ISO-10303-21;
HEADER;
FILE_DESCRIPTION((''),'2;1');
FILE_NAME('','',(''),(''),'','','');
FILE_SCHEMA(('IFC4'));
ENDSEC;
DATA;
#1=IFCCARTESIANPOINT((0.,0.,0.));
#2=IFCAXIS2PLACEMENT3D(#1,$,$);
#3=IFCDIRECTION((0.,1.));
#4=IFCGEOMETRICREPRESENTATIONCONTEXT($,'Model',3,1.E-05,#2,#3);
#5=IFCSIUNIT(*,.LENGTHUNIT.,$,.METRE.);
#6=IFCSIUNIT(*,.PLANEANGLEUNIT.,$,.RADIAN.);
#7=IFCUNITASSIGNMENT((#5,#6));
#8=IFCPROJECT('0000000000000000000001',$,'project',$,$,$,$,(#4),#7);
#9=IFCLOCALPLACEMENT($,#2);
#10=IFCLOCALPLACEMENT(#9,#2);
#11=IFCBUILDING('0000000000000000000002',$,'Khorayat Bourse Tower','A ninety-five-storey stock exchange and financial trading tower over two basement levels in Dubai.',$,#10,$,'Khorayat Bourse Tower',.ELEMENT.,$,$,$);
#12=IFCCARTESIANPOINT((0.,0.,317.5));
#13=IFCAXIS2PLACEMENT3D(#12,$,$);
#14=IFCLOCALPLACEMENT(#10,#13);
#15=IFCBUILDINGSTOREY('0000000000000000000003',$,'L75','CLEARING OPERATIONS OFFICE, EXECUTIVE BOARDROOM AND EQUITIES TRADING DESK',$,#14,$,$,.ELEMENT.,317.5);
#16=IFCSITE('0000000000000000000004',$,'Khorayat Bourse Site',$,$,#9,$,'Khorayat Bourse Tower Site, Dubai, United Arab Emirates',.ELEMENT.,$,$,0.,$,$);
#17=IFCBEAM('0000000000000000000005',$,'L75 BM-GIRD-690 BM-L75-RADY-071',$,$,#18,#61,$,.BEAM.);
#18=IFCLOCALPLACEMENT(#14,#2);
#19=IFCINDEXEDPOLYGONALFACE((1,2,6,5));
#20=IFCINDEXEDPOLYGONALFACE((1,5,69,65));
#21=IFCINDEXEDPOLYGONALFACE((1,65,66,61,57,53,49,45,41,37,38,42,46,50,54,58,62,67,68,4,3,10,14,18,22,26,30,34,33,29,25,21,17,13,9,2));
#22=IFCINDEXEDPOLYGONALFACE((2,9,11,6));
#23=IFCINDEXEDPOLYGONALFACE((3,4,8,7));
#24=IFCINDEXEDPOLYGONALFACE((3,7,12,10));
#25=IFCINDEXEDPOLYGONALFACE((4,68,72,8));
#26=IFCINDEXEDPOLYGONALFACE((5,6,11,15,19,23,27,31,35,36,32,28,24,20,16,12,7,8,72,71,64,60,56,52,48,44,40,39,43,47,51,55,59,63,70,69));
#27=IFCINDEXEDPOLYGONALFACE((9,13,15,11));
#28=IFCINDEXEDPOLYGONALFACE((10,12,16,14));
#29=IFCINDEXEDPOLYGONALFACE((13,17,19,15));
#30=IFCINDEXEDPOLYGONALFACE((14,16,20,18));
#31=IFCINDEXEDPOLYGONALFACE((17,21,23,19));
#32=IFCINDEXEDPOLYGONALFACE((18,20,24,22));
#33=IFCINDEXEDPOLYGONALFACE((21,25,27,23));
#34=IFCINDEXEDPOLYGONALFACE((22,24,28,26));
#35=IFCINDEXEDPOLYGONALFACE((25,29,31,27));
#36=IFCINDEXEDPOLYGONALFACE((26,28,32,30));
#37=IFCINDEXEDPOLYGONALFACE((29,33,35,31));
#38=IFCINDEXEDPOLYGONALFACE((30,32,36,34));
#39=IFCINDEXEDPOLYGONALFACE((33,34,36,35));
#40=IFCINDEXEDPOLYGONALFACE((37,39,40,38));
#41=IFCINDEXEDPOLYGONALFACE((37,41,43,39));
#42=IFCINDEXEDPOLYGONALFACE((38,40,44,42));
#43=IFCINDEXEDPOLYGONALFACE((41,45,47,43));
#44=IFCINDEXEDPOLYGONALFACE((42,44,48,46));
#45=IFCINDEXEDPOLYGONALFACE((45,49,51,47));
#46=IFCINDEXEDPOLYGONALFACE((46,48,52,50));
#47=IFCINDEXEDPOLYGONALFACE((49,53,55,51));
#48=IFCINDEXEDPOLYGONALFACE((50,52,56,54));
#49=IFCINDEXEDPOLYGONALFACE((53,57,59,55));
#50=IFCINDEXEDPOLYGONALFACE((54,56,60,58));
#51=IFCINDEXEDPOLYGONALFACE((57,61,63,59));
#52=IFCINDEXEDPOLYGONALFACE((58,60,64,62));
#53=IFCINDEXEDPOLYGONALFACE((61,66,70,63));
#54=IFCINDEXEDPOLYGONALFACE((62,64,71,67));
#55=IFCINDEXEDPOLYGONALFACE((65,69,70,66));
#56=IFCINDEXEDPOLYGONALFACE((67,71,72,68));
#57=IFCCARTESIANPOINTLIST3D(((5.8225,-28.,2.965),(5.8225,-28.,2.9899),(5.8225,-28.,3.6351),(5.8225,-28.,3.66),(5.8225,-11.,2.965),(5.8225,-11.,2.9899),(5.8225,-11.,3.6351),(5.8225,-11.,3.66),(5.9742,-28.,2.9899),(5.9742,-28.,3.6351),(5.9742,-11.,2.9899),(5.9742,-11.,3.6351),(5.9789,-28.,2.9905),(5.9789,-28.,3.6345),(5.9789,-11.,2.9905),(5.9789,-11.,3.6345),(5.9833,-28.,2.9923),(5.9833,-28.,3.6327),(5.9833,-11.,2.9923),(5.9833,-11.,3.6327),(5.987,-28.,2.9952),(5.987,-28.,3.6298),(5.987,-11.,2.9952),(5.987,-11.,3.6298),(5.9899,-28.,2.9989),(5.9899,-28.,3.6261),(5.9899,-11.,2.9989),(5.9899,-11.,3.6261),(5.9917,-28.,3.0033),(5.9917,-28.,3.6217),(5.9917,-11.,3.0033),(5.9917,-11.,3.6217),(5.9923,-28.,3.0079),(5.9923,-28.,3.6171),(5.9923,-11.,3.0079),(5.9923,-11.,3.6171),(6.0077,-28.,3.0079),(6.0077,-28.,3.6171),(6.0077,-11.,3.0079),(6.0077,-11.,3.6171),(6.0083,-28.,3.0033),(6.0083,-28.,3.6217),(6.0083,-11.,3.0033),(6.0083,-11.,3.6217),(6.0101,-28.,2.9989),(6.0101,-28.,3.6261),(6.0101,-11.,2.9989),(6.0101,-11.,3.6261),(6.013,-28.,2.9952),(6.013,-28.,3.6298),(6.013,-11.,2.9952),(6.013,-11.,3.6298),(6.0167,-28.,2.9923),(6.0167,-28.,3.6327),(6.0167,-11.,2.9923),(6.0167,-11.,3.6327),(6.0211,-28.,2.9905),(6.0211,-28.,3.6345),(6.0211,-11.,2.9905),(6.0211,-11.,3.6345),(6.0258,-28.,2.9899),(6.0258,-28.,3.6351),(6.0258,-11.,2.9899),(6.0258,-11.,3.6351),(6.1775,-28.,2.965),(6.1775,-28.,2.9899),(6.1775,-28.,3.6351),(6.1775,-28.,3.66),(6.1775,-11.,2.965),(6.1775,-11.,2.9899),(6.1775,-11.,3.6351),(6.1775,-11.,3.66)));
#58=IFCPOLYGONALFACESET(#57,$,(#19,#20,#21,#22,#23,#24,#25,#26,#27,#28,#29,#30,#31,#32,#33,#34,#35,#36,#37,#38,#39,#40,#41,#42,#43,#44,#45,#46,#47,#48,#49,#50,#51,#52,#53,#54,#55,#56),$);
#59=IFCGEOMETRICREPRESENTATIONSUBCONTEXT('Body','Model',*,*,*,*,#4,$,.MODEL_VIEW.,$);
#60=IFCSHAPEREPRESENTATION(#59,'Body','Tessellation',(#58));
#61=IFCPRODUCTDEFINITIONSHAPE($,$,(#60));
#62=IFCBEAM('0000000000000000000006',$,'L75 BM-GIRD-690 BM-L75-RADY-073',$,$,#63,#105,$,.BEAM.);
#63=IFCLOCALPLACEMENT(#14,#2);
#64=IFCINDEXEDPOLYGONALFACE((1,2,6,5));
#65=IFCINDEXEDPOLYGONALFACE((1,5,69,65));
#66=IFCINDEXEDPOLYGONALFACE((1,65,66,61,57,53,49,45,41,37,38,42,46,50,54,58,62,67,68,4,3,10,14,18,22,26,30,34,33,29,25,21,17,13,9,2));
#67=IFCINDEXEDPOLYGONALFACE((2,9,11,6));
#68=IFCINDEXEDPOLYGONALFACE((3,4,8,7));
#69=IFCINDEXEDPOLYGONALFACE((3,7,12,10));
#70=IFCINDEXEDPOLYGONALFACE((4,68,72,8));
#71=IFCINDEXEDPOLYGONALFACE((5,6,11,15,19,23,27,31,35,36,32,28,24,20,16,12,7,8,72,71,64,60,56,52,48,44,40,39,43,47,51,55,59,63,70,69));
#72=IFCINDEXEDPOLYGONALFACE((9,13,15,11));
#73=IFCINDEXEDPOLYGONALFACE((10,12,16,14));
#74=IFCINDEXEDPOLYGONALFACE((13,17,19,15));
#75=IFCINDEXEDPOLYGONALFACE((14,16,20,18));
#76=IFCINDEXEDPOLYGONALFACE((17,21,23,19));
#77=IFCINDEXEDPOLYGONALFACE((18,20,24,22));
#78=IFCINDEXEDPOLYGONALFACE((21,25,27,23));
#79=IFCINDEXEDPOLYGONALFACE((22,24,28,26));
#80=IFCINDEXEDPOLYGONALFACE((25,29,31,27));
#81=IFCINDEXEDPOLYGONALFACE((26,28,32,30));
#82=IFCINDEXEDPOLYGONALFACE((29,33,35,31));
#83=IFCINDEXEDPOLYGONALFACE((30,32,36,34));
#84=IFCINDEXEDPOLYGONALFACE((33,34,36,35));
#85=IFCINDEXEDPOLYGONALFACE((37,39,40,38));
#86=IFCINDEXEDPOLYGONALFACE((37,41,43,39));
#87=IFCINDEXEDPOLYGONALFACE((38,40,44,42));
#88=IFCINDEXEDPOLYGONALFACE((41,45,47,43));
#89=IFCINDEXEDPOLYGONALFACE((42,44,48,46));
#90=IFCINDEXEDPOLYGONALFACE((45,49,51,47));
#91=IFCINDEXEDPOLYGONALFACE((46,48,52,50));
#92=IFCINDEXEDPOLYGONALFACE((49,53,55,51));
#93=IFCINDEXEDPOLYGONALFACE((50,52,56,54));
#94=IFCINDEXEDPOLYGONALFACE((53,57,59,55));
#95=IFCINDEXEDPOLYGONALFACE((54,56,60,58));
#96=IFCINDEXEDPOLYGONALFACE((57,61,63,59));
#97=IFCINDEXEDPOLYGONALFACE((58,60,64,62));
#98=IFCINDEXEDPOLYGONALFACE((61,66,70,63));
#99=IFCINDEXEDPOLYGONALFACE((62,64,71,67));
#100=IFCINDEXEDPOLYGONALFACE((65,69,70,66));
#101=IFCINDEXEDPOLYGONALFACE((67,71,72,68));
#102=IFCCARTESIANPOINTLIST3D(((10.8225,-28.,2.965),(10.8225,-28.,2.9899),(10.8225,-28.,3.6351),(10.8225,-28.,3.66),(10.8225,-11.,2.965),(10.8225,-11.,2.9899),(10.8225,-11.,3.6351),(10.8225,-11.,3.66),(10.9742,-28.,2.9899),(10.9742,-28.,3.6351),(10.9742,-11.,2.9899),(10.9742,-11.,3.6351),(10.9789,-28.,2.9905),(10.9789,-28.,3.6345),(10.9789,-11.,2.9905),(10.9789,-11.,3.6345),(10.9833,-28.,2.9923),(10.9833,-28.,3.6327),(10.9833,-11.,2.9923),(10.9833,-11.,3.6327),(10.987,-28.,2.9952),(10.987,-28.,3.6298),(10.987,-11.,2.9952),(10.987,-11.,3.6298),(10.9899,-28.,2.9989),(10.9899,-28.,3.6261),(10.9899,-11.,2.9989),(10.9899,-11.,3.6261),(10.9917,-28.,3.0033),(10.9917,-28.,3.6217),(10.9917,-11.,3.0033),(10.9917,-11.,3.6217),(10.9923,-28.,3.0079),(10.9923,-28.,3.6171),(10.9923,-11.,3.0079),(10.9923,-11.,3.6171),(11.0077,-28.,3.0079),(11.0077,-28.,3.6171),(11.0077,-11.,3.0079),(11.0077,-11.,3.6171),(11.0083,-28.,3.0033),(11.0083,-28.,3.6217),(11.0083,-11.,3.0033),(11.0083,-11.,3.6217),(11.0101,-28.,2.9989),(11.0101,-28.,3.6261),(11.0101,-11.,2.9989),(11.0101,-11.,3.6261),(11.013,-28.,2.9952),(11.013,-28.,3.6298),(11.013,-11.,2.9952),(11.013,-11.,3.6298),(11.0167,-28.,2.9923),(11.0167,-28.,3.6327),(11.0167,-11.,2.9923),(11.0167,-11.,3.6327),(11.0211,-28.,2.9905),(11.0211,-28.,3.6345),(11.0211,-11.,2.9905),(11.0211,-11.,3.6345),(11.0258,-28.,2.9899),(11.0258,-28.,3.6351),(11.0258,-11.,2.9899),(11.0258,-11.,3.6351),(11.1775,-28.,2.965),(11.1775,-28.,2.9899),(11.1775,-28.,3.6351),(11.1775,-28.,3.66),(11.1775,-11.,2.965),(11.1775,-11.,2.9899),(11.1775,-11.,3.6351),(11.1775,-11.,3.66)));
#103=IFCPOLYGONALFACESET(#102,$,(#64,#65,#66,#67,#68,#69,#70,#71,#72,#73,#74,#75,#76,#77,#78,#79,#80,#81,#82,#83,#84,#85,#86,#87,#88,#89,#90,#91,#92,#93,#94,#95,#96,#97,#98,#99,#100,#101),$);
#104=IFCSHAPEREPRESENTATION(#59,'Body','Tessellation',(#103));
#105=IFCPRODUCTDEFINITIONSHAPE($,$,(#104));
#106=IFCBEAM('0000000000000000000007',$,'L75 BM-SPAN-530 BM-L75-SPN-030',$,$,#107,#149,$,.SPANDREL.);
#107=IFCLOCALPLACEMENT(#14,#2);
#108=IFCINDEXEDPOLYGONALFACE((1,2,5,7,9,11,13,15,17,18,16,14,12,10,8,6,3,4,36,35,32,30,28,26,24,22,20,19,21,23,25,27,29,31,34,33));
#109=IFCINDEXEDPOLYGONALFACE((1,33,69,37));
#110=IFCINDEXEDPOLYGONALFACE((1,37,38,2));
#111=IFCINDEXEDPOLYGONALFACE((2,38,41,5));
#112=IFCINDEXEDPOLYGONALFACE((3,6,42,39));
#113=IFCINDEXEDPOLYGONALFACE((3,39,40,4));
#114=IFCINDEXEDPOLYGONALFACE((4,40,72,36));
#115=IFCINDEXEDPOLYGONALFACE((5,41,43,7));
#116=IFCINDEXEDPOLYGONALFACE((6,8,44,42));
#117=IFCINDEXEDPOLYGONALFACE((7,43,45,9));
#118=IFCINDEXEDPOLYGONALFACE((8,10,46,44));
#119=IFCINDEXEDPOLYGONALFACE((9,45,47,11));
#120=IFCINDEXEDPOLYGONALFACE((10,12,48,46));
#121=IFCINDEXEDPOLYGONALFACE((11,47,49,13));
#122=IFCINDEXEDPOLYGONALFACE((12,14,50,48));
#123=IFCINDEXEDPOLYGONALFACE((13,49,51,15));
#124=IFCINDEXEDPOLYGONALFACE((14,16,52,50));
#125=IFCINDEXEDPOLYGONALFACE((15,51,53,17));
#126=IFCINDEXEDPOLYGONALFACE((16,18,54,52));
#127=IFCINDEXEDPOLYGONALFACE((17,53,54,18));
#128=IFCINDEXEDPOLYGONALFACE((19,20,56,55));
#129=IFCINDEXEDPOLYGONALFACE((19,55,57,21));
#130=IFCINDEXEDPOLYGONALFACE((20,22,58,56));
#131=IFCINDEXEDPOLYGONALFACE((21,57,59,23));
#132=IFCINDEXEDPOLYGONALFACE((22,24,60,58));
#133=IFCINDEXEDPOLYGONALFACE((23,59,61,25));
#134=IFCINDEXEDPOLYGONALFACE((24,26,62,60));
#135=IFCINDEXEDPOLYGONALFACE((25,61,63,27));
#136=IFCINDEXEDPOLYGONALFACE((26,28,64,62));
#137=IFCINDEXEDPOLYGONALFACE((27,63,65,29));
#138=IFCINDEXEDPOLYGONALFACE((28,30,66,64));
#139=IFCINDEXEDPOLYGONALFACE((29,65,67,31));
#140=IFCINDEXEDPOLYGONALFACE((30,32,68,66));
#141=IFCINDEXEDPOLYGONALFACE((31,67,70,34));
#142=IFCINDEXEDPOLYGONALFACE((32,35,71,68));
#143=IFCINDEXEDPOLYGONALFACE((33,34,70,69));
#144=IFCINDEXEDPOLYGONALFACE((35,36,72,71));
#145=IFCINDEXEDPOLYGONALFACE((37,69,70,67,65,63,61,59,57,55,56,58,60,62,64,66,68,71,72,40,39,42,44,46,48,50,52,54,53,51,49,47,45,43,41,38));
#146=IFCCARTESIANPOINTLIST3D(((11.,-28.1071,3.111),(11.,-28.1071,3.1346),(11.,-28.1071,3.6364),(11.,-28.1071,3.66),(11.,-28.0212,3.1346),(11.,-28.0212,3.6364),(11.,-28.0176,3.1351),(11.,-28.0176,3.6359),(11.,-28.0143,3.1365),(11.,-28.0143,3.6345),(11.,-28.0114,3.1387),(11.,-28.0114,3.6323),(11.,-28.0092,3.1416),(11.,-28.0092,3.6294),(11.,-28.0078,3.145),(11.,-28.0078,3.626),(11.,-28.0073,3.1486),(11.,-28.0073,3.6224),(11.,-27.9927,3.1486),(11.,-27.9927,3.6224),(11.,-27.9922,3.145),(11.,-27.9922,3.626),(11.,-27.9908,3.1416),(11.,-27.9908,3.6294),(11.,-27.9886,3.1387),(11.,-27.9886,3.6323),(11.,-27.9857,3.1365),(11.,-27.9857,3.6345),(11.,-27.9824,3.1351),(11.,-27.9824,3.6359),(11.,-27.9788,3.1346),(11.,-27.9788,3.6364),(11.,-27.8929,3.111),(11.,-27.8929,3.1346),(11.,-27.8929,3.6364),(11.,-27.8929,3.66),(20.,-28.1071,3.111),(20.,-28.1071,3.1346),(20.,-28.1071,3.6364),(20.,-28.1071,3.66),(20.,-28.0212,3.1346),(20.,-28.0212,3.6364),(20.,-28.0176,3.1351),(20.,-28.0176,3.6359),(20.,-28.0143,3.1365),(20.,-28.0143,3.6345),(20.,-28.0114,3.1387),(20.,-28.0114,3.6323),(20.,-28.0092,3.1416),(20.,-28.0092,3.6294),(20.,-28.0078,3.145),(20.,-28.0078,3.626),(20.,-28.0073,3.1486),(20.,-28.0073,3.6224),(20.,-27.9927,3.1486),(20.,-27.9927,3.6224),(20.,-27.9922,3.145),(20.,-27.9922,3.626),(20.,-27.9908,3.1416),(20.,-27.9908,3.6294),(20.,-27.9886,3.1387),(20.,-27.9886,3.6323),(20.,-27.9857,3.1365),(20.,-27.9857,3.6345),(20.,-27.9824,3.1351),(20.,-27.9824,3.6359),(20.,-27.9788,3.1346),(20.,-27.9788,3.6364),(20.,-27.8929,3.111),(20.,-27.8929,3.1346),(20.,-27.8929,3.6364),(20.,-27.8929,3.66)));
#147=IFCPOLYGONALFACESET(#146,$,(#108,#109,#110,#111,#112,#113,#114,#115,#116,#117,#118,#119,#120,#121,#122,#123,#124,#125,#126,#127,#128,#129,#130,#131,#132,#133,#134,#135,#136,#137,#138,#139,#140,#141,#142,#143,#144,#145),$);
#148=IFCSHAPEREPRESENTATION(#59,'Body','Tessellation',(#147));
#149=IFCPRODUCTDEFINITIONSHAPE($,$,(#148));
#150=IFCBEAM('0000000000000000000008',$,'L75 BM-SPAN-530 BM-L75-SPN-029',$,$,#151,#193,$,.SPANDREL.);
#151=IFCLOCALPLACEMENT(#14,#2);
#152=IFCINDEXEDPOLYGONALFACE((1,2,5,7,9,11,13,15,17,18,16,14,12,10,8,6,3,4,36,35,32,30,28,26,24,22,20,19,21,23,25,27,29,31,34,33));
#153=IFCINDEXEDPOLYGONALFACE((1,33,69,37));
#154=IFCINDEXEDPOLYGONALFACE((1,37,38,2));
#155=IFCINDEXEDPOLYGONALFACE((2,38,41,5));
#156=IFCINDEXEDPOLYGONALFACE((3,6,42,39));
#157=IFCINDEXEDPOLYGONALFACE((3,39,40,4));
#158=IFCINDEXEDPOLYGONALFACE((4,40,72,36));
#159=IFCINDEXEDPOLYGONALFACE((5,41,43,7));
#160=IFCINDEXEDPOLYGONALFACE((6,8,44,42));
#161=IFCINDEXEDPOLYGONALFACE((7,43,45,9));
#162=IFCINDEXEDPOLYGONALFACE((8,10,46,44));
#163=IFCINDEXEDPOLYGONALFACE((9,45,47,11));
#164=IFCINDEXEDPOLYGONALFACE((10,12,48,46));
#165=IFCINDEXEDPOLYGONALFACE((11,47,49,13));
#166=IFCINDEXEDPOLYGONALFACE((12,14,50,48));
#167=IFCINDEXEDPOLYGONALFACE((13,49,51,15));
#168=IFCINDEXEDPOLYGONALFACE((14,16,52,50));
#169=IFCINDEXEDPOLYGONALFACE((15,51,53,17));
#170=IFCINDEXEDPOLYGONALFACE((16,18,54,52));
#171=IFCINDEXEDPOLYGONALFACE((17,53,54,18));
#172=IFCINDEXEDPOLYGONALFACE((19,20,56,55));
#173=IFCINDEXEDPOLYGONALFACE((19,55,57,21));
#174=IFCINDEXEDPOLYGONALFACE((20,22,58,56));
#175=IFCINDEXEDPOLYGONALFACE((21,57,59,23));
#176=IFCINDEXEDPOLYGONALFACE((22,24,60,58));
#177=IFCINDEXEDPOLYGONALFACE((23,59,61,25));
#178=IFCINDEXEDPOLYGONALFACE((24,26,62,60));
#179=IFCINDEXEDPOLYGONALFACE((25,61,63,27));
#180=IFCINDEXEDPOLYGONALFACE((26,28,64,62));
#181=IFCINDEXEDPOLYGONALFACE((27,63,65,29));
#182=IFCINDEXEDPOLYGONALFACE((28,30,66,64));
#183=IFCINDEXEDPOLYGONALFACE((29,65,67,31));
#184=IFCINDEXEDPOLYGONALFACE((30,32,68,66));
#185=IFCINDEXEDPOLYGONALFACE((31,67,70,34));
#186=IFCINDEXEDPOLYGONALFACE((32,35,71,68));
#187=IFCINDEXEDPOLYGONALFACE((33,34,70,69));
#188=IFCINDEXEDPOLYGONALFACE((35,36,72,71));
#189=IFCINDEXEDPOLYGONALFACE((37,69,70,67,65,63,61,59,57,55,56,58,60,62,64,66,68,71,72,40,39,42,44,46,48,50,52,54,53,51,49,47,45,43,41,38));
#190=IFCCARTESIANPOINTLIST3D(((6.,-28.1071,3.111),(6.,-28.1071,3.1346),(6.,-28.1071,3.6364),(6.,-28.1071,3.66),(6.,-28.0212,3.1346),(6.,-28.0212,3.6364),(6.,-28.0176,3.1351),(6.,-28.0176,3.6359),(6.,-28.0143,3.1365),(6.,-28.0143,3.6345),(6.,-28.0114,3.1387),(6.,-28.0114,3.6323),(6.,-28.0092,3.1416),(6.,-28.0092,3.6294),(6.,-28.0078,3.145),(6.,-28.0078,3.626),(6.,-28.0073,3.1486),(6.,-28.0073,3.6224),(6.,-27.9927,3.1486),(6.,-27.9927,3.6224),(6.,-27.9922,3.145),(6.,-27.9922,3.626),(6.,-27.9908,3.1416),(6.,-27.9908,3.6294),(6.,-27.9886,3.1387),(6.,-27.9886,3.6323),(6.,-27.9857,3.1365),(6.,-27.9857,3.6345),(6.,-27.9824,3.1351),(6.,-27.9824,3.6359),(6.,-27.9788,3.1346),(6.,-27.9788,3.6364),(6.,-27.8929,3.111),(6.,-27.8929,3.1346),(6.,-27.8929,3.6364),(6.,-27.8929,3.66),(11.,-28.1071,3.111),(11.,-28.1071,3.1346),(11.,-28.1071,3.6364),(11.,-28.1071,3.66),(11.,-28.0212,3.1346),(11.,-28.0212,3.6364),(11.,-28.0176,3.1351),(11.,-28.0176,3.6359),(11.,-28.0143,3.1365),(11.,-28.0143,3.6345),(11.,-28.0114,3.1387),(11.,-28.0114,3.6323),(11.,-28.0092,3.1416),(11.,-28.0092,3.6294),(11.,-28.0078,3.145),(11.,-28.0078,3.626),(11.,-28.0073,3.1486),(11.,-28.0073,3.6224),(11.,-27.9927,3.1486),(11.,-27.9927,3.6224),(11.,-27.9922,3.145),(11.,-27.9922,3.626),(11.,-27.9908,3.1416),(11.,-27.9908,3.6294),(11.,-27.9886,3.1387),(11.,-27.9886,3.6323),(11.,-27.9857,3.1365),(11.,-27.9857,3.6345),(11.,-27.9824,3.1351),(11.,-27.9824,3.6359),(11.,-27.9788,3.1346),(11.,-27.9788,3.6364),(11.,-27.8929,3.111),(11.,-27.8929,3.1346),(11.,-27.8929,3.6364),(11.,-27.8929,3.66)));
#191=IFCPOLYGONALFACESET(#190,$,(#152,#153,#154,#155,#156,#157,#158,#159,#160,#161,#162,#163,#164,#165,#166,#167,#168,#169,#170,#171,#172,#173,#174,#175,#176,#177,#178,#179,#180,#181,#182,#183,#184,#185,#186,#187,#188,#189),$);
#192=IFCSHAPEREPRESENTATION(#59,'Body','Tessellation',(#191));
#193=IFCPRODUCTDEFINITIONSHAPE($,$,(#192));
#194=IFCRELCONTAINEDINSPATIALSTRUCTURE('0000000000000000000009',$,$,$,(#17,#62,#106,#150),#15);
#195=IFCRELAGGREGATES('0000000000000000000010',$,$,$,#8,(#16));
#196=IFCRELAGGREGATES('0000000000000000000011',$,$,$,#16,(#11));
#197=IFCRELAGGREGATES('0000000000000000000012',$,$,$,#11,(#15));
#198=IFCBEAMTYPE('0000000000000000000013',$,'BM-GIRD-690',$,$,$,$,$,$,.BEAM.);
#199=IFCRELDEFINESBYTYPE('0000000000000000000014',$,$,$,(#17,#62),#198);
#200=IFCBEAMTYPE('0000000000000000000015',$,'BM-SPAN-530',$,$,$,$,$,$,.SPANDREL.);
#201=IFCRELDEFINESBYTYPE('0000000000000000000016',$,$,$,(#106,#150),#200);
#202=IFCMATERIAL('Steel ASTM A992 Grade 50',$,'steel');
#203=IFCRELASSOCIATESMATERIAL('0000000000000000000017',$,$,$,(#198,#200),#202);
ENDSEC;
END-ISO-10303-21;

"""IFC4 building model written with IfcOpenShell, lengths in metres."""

from ifc_helpers import new_model, si_unit, direction, frame, origin, origin_2d, place, context, subcontext, project, spatial, i_section, extrude, source, transform, mapped, material, material_profile, profile_set, type_object, element, save


model = new_model("IFC4")

# Units and contexts
model_context = context("Model", 3, precision=1e-05, world=origin(), true_north=direction((0.0, 1.0)))
body_context = subcontext(model_context, "Body", "Model", "MODEL_VIEW")
ifc_project = project(units=[si_unit("LENGTHUNIT", "METRE"), si_unit("PLANEANGLEUNIT", "RADIAN")], contexts=[model_context])

# Site, building, storey
site_placement = place(None, origin())
site = spatial("IfcSite", under=ifc_project, at=site_placement, Name="Khorayat Bourse Site", LongName="Khorayat Bourse Tower Site, Dubai, United Arab Emirates", CompositionType="ELEMENT", RefElevation=0.0)
building_placement = place(site_placement, origin())
building = spatial("IfcBuilding", under=site, at=building_placement, Name="Khorayat Bourse Tower", Description="A ninety-five-storey stock exchange and financial trading tower over two basement levels in Dubai.", LongName="Khorayat Bourse Tower", CompositionType="ELEMENT")
storey_placement = place(building_placement, frame((0.0, 0.0, 317.5)))
storey = spatial("IfcBuildingStorey", under=building, at=storey_placement, Name="L75", Description="CLEARING OPERATIONS OFFICE, EXECUTIVE BOARDROOM AND EQUITIES TRADING DESK", CompositionType="ELEMENT", Elevation=317.5)

# Shared definitions
ifc_material_1 = material(Name="Steel ASTM A992 Grade 50", Category="steel")
ifc_material_profile_1 = material_profile(ifc_material_1, i_section(OverallWidth=0.355, OverallDepth=0.6951, WebThickness=0.0154, FlangeThickness=0.0249, FilletRadius=0.0181, at=origin_2d()), Name="W690X217")
ifc_profile_set_1 = profile_set([ifc_material_profile_1], Name="Steel ASTM A992 Grade 50")
beam_type_1 = type_object("IfcBeamType", Name="BM-GIRD-690", PredefinedType="BEAM", material=ifc_profile_set_1)

# Beams
shared_shape_1 = source(origin(), body_context, "Body", "SweptSolid", [
    extrude(i_section(OverallWidth=0.355, OverallDepth=0.6951, WebThickness=0.0154, FlangeThickness=0.0249, FilletRadius=0.0181, at=origin_2d()), origin(), (0.0, 0.0, 1.0), 17.0),
])
for number, where, z_axis, x_axis, name in (
    (1, (6.0, -28.0, 3.3125), (0.0, 1.0, 0.0), (-1.0, 0.0, 0.0), "L75 BM-GIRD-690 BM-L75-RADY-071"),
    (2, (11.0, -28.0, 3.3125), (0.0, 1.0, 0.0), (-1.0, 0.0, 0.0), "L75 BM-GIRD-690 BM-L75-RADY-073"),
):
    element("IfcBeam", number, at=place(storey_placement, frame(where, z_axis=z_axis, x_axis=x_axis)), inside=storey, type_object=beam_type_1, Name=name, PredefinedType="BEAM", context=body_context, shape_type="MappedRepresentation", body=[
        mapped(shared_shape_1, transform((0.0, 0.0, 0.0), scale=1.0)),
    ])
ifc_material_profile_2 = material_profile(ifc_material_1, i_section(OverallWidth=0.2141, OverallDepth=0.5491, WebThickness=0.0146, FlangeThickness=0.0237, FilletRadius=0.0139, at=origin_2d()), Name="W530X138")
ifc_profile_set_2 = profile_set([ifc_material_profile_2], Name="Steel ASTM A992 Grade 50")
beam_type_2 = type_object("IfcBeamType", Name="BM-SPAN-530", PredefinedType="SPANDREL", material=ifc_profile_set_2)
shared_shape_2 = source(origin(), body_context, "Body", "SweptSolid", [
    extrude(i_section(OverallWidth=0.2141, OverallDepth=0.5491, WebThickness=0.0146, FlangeThickness=0.0237, FilletRadius=0.0139, at=origin_2d()), origin(), (0.0, 0.0, 1.0), 9.0),
])
beam_1_placement = place(storey_placement, frame((11.0, -28.0, 3.3855), z_axis=(1.0, 0.0, 0.0), x_axis=(0.0, 1.0, 0.0)))
element("IfcBeam", 3, at=beam_1_placement, inside=storey, type_object=beam_type_2, Name="L75 BM-SPAN-530 BM-L75-SPN-030", PredefinedType="SPANDREL", context=body_context, shape_type="MappedRepresentation", body=[
    mapped(shared_shape_2, transform((0.0, 0.0, 0.0), scale=1.0)),
])
shared_shape_3 = source(origin(), body_context, "Body", "SweptSolid", [
    extrude(i_section(OverallWidth=0.2141, OverallDepth=0.5491, WebThickness=0.0146, FlangeThickness=0.0237, FilletRadius=0.0139, at=origin_2d()), origin(), (0.0, 0.0, 1.0), 5.0),
])
beam_2_placement = place(storey_placement, frame((6.0, -28.0, 3.3855), z_axis=(1.0, 0.0, 0.0), x_axis=(0.0, 1.0, 0.0)))
element("IfcBeam", 4, at=beam_2_placement, inside=storey, type_object=beam_type_2, Name="L75 BM-SPAN-530 BM-L75-SPN-029", PredefinedType="SPANDREL", context=body_context, shape_type="MappedRepresentation", body=[
    mapped(shared_shape_3, transform((0.0, 0.0, 0.0), scale=1.0)),
])

save(model, "model.ifc")
